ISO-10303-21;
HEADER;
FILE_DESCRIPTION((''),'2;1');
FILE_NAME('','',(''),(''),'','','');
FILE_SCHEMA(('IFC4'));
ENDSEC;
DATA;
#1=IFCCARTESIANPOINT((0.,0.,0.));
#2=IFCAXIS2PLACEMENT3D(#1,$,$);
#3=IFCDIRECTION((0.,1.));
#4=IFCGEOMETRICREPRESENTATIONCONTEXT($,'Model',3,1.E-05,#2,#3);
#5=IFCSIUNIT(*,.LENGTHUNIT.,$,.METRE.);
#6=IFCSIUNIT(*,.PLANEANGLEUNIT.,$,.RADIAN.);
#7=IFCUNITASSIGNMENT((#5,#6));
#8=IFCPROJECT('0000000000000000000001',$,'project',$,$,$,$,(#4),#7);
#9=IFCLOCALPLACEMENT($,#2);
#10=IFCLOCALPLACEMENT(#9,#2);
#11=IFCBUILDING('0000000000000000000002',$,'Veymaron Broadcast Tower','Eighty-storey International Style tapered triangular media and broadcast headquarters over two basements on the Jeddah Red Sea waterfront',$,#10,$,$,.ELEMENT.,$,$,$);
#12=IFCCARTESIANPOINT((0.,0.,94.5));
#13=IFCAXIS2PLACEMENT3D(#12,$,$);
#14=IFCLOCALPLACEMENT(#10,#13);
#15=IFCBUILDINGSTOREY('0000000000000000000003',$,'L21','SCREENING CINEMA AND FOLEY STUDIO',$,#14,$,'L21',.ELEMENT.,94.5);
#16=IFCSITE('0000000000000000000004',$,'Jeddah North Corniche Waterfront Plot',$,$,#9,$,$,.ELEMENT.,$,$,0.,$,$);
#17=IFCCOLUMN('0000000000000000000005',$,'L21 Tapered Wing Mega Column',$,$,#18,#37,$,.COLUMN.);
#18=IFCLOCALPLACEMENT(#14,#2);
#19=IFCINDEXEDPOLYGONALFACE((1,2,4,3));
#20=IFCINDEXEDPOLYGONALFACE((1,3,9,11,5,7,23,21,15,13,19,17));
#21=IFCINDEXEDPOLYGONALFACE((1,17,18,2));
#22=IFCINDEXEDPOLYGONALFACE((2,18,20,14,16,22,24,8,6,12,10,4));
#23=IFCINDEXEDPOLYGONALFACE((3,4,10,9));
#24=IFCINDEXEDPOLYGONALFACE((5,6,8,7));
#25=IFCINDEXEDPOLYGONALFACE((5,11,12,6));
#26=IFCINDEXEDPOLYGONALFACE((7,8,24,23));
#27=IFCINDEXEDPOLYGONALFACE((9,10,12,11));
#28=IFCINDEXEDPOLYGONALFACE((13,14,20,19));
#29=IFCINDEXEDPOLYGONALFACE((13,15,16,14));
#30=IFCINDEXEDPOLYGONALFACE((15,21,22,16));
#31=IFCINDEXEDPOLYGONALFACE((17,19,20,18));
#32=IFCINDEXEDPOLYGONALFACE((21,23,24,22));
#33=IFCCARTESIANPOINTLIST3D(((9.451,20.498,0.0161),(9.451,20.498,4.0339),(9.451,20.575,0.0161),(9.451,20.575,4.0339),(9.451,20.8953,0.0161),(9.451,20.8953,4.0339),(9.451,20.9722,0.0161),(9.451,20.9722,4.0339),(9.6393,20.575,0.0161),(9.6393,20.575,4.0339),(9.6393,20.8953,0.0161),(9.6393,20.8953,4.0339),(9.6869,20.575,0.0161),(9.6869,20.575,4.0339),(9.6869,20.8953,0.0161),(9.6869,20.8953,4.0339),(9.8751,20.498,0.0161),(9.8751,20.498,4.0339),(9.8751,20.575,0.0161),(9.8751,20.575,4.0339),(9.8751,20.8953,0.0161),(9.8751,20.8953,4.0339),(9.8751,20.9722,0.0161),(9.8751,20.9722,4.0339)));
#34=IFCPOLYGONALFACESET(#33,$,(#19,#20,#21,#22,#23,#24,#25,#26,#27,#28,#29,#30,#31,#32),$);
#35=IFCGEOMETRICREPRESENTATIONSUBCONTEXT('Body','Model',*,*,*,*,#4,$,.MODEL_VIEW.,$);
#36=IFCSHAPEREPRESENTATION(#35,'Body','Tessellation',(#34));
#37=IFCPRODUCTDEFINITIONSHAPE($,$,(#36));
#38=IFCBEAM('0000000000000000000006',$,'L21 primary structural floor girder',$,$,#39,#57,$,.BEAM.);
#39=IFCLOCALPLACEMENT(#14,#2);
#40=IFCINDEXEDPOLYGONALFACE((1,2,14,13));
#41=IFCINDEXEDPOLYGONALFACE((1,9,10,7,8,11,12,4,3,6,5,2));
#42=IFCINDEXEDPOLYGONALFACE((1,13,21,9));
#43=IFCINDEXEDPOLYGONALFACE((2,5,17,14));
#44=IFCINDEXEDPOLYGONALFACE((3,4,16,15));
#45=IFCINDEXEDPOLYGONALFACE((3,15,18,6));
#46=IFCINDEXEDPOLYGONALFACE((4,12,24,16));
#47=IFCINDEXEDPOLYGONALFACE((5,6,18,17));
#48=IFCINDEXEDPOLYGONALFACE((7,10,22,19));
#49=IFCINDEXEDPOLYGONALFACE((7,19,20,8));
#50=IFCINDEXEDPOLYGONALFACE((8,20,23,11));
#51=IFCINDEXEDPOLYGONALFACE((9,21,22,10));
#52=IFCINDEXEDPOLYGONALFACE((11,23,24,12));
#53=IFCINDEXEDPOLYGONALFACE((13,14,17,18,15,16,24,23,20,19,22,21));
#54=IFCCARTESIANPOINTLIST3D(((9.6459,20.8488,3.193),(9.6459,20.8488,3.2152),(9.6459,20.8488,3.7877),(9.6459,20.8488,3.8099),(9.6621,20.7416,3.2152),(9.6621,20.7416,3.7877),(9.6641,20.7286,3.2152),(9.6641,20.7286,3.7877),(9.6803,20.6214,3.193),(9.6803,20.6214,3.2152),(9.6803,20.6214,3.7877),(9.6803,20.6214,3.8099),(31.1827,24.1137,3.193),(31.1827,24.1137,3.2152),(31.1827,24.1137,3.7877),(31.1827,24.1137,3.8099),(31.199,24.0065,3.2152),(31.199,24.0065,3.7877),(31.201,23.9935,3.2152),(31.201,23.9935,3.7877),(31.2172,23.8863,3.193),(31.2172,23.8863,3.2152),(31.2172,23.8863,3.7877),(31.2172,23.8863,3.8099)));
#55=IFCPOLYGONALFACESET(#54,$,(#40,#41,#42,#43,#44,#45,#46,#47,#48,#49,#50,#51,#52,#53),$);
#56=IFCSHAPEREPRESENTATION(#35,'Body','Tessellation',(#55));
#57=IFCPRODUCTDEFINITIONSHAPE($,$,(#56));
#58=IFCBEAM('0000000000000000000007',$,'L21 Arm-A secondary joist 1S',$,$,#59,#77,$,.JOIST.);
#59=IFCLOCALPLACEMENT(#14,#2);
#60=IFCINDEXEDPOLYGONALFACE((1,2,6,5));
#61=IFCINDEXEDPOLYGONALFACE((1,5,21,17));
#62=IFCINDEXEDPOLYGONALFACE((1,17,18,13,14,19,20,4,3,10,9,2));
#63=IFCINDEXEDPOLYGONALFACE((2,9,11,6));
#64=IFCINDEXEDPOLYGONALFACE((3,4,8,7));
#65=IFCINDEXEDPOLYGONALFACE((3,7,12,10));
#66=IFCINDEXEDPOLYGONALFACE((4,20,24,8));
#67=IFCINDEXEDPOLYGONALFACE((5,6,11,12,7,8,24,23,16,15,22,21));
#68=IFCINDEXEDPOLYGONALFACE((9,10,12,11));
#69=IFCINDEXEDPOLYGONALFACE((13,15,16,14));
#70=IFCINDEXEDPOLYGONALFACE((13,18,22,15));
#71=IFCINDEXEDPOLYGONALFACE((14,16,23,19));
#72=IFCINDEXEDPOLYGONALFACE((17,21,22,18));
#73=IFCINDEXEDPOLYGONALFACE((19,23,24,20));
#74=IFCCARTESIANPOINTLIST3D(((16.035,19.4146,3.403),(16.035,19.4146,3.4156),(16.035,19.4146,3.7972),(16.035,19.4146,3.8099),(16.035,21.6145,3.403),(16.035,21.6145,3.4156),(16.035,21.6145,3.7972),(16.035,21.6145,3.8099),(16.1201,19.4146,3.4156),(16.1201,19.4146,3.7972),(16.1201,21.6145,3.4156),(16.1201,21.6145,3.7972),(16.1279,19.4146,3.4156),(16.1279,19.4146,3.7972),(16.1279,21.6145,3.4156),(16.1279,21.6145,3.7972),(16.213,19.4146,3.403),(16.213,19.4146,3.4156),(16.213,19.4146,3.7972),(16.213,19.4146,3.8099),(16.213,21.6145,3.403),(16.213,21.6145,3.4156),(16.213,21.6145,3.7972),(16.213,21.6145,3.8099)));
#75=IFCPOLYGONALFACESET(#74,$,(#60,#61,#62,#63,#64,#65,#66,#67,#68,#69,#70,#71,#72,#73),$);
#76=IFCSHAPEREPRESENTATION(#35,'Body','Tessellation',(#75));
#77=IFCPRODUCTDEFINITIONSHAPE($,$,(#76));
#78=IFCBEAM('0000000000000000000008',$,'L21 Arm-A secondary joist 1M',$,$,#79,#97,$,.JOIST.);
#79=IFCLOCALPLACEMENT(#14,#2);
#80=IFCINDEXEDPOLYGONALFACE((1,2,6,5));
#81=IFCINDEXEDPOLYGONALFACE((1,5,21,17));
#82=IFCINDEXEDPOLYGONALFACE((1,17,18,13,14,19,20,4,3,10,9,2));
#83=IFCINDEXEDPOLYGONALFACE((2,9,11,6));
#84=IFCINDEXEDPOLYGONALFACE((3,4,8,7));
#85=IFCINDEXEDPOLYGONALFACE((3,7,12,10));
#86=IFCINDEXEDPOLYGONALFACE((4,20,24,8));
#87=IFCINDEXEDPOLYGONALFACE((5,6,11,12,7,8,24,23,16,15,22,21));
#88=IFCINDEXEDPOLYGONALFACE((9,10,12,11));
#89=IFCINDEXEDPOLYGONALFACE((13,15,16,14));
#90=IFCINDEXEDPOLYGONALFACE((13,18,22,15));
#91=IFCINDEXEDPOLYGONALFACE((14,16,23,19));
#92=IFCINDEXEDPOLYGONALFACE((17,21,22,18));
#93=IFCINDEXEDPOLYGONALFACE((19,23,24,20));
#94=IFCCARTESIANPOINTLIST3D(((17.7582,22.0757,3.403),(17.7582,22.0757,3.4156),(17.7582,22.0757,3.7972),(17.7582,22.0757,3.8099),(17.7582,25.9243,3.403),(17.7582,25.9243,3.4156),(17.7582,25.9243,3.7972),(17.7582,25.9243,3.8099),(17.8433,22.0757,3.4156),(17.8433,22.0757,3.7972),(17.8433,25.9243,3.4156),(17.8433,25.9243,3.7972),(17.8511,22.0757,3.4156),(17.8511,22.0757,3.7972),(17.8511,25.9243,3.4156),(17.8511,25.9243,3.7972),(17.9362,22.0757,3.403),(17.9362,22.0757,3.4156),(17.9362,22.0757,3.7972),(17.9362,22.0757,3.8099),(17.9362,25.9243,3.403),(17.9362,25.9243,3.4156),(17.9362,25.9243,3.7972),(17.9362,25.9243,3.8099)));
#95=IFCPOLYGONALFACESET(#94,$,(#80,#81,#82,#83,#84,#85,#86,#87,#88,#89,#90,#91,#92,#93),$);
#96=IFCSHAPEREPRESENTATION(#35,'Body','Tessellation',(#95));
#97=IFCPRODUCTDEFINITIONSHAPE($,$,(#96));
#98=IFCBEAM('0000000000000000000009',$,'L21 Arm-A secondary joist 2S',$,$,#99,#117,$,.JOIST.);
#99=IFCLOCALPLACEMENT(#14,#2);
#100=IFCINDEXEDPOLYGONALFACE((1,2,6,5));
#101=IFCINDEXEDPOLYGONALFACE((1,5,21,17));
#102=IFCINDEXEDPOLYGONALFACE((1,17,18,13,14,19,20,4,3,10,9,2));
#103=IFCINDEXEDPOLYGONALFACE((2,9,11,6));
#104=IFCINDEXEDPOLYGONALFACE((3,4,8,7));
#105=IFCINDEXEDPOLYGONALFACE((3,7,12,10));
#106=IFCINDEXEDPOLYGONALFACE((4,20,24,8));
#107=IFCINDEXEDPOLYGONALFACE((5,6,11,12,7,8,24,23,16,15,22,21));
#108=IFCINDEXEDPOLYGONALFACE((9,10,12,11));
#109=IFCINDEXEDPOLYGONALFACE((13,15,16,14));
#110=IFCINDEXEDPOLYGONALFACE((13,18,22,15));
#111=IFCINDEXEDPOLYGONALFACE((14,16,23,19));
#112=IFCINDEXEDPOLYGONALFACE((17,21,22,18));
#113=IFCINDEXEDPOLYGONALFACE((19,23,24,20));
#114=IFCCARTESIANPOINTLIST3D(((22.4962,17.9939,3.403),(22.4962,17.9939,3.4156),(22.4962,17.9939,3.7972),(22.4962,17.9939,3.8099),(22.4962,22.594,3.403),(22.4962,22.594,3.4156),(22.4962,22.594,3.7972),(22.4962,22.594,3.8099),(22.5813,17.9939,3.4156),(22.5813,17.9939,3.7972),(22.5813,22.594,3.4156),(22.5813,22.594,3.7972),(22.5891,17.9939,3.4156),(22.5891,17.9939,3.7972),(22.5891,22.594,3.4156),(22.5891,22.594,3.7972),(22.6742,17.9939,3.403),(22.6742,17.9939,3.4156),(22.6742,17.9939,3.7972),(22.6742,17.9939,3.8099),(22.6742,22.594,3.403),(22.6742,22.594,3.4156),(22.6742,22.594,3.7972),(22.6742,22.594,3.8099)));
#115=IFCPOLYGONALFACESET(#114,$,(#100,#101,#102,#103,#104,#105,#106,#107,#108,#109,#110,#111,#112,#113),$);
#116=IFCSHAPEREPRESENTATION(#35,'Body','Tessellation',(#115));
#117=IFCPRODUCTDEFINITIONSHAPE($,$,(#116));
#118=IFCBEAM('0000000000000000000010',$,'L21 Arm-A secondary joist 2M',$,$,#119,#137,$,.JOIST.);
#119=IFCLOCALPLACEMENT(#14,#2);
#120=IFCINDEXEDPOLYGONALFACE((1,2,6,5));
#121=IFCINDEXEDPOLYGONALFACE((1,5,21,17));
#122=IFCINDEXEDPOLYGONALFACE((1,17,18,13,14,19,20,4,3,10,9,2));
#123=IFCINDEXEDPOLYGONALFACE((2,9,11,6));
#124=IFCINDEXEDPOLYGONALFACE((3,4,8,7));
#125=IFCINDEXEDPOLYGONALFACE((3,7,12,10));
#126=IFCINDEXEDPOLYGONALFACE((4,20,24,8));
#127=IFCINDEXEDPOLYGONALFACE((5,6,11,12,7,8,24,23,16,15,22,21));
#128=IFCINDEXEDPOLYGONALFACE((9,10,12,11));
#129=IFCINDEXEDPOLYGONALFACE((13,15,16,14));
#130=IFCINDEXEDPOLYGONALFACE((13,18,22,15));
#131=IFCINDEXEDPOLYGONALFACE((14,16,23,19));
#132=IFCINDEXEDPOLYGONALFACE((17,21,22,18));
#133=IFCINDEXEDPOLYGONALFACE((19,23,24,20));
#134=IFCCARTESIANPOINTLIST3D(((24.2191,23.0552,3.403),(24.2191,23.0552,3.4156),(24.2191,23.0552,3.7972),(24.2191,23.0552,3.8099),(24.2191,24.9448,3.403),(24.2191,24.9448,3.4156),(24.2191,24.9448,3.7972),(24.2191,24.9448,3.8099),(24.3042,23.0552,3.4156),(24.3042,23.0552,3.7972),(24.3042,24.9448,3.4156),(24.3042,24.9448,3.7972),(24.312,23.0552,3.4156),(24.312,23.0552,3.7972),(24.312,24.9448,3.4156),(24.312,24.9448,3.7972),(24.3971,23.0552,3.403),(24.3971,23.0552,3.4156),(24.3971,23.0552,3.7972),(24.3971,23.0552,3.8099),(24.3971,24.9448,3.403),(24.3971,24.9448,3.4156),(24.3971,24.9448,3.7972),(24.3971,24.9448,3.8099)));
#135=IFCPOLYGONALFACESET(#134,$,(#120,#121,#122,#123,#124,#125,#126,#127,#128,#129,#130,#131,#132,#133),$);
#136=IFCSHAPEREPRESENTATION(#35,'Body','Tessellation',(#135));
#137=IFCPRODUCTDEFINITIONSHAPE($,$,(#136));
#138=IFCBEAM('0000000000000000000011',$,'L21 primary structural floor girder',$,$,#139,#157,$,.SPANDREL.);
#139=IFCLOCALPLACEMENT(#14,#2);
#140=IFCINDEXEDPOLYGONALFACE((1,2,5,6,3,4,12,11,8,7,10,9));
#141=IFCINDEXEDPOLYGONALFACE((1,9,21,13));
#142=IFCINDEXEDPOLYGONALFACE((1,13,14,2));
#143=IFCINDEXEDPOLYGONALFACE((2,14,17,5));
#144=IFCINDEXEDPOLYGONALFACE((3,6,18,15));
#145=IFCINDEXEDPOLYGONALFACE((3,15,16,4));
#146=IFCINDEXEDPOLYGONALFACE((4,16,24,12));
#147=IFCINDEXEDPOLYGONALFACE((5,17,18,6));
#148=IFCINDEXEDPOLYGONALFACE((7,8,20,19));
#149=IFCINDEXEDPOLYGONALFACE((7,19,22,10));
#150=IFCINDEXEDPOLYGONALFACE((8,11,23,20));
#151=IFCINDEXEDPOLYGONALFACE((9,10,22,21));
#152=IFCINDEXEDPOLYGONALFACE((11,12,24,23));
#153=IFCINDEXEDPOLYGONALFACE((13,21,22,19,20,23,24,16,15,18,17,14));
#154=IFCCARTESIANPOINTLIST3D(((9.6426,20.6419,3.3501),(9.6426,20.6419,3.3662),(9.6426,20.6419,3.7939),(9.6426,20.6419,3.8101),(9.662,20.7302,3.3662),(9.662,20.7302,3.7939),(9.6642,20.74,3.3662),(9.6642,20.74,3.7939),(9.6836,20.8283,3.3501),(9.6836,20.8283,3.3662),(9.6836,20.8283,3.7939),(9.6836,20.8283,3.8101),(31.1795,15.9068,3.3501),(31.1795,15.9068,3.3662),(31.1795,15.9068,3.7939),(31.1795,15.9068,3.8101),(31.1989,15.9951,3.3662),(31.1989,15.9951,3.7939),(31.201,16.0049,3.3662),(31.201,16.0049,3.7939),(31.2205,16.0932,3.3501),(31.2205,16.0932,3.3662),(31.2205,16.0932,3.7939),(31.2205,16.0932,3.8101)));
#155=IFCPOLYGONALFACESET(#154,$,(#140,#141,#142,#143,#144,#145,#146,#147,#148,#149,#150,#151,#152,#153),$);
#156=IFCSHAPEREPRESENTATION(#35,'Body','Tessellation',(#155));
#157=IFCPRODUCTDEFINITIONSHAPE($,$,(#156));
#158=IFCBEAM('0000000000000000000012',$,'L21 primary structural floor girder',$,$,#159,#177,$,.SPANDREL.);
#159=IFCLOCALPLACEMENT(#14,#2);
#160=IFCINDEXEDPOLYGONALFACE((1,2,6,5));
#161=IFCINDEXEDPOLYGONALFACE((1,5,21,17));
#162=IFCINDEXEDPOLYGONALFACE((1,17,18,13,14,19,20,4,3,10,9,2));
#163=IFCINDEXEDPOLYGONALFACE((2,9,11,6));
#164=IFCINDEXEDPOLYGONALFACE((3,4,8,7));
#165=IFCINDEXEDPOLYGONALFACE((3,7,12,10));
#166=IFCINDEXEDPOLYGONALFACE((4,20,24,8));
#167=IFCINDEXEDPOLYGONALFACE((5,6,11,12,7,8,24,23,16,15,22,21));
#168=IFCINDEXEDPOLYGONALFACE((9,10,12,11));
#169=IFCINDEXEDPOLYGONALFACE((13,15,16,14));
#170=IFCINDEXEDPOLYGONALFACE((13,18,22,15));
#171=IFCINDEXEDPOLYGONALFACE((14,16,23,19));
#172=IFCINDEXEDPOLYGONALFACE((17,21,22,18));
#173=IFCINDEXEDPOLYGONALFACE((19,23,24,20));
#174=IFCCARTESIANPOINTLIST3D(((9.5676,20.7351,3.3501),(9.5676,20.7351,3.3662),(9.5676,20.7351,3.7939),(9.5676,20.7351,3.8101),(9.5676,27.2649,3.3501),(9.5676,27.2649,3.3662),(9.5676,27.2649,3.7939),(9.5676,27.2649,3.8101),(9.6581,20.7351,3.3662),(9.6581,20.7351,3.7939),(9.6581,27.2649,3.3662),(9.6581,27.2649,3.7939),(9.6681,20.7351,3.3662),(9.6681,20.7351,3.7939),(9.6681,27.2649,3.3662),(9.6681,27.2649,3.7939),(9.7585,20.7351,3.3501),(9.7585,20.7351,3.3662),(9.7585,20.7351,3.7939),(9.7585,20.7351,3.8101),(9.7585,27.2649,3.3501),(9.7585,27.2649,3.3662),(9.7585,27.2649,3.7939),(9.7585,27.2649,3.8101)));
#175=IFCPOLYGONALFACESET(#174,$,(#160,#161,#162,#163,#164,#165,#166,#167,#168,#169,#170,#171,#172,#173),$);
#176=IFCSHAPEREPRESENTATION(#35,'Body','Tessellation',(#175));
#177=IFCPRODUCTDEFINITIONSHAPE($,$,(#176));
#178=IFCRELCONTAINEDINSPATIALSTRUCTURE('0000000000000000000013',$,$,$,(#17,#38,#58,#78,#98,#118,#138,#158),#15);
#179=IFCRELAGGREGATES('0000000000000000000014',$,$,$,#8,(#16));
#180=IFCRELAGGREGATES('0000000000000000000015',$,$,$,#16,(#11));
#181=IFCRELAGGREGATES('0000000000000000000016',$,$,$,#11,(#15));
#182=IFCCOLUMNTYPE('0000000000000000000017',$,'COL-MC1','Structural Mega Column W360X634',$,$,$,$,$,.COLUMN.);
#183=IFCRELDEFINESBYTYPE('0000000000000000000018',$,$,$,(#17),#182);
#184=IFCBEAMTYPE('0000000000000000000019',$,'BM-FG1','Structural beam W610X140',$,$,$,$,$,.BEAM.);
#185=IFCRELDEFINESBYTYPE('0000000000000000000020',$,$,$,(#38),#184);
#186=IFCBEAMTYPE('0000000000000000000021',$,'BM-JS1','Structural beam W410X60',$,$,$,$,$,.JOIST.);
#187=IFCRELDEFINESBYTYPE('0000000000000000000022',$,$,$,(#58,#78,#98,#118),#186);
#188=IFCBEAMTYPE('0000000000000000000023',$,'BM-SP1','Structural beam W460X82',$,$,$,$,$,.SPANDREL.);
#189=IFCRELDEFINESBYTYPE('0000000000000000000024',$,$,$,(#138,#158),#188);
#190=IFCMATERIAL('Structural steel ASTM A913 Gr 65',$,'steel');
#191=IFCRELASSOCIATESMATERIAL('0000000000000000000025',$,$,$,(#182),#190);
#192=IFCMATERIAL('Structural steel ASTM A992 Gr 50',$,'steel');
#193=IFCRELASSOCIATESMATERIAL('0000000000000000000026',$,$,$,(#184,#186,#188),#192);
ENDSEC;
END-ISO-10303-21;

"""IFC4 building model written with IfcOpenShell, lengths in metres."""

from ifc_helpers import new_model, si_unit, direction, frame, origin, origin_2d, place, context, subcontext, project, spatial, i_section, extrude, material, material_profile, profile_set, type_object, element, save


model = new_model("IFC4")

# Units and contexts
model_context = context("Model", 3, precision=1e-05, world=origin(), true_north=direction((0.0, 1.0)))
body_context = subcontext(model_context, "Body", "Model", "MODEL_VIEW")
ifc_project = project(units=[si_unit("LENGTHUNIT", "METRE"), si_unit("PLANEANGLEUNIT", "RADIAN")], contexts=[model_context])

# Site, building, storey
site_placement = place(None, origin())
site = spatial("IfcSite", under=ifc_project, at=site_placement, Name="Jeddah North Corniche Waterfront Plot", CompositionType="ELEMENT", RefElevation=0.0)
building_placement = place(site_placement, origin())
building = spatial("IfcBuilding", under=site, at=building_placement, Name="Veymaron Broadcast Tower", Description="Eighty-storey International Style tapered triangular media and broadcast headquarters over two basements on the Jeddah Red Sea waterfront", CompositionType="ELEMENT")
storey_placement = place(building_placement, frame((0.0, 0.0, 94.5)))
storey = spatial("IfcBuildingStorey", under=building, at=storey_placement, Name="L21", Description="SCREENING CINEMA AND FOLEY STUDIO", LongName="L21", CompositionType="ELEMENT", Elevation=94.5)

# Column
ifc_material_1 = material(Name="Structural steel ASTM A913 Gr 65", Category="steel")
ifc_material_profile_1 = material_profile(ifc_material_1, i_section(OverallWidth=0.4241, OverallDepth=0.4741, WebThickness=0.0476, FlangeThickness=0.0769, at=origin_2d()), Name="W360X634")
ifc_profile_set_1 = profile_set([ifc_material_profile_1], Name="Structural steel ASTM A913 Gr 65")
column_type = type_object("IfcColumnType", Name="COL-MC1", Description="Structural Mega Column W360X634", PredefinedType="COLUMN", material=ifc_profile_set_1)
column_placement = place(storey_placement, frame((9.6631, 20.7351, 0.0161), z_axis=(0.0, 0.0, 1.0), x_axis=(1.0, 0.0, 0.0)))
element("IfcColumn", 1, at=column_placement, inside=storey, type_object=column_type, Name="L21 Tapered Wing Mega Column", PredefinedType="COLUMN", context=body_context, shape_type="SweptSolid", body=[
    extrude(i_section(OverallWidth=0.4241, OverallDepth=0.4741, WebThickness=0.0476, FlangeThickness=0.0769, at=origin_2d()), origin(), (0.0, 0.0, 1.0), 4.0178),
])

# Beams
ifc_material_2 = material(Name="Structural steel ASTM A992 Gr 50", Category="steel")
ifc_material_profile_2 = material_profile(ifc_material_2, i_section(OverallWidth=0.23, OverallDepth=0.6169, WebThickness=0.0132, FlangeThickness=0.0222, at=origin_2d()), Name="W610X140")
ifc_profile_set_2 = profile_set([ifc_material_profile_2], Name="Structural steel ASTM A992 Gr 50")
beam_type_1 = type_object("IfcBeamType", Name="BM-FG1", Description="Structural beam W610X140", PredefinedType="BEAM", material=ifc_profile_set_2)
beam_1_placement = place(storey_placement, frame((9.6631, 20.7351, 3.5015), z_axis=(0.988704, 0.149883, 0.0), x_axis=(-0.149883, 0.988704, 0.0)))
element("IfcBeam", 2, at=beam_1_placement, inside=storey, type_object=beam_type_1, Name="L21 primary structural floor girder", PredefinedType="BEAM", context=body_context, shape_type="SweptSolid", body=[
    extrude(i_section(OverallWidth=0.23, OverallDepth=0.6169, WebThickness=0.0132, FlangeThickness=0.0222, at=origin_2d()), origin(), (0.0, 0.0, 1.0), 21.783),
])
ifc_material_profile_3 = material_profile(ifc_material_2, i_section(OverallWidth=0.178, OverallDepth=0.407, WebThickness=0.0078, FlangeThickness=0.0127, at=origin_2d()), Name="W410X60")
ifc_profile_set_3 = profile_set([ifc_material_profile_3], Name="Structural steel ASTM A992 Gr 50")
beam_type_2 = type_object("IfcBeamType", Name="BM-JS1", Description="Structural beam W410X60", PredefinedType="JOIST", material=ifc_profile_set_3)
beam_2_placement = place(storey_placement, frame((16.124, 19.4146, 3.6064), z_axis=(0.0, 1.0, 0.0), x_axis=(-1.0, 0.0, 0.0)))
element("IfcBeam", 3, at=beam_2_placement, inside=storey, type_object=beam_type_2, Name="L21 Arm-A secondary joist 1S", PredefinedType="JOIST", context=body_context, shape_type="SweptSolid", body=[
    extrude(i_section(OverallWidth=0.178, OverallDepth=0.407, WebThickness=0.0078, FlangeThickness=0.0127, at=origin_2d()), origin(), (0.0, 0.0, 1.0), 2.2),
])
beam_3_placement = place(storey_placement, frame((17.8472, 22.0757, 3.6064), z_axis=(0.0, 1.0, 0.0), x_axis=(-1.0, 0.0, 0.0)))
element("IfcBeam", 4, at=beam_3_placement, inside=storey, type_object=beam_type_2, Name="L21 Arm-A secondary joist 1M", PredefinedType="JOIST", context=body_context, shape_type="SweptSolid", body=[
    extrude(i_section(OverallWidth=0.178, OverallDepth=0.407, WebThickness=0.0078, FlangeThickness=0.0127, at=origin_2d()), origin(), (0.0, 0.0, 1.0), 3.8486),
])
beam_4_placement = place(storey_placement, frame((22.5852, 17.9939, 3.6064), z_axis=(0.0, 1.0, 0.0), x_axis=(-1.0, 0.0, 0.0)))
element("IfcBeam", 5, at=beam_4_placement, inside=storey, type_object=beam_type_2, Name="L21 Arm-A secondary joist 2S", PredefinedType="JOIST", context=body_context, shape_type="SweptSolid", body=[
    extrude(i_section(OverallWidth=0.178, OverallDepth=0.407, WebThickness=0.0078, FlangeThickness=0.0127, at=origin_2d()), origin(), (0.0, 0.0, 1.0), 4.6001),
])
beam_5_placement = place(storey_placement, frame((24.3081, 23.0552, 3.6064), z_axis=(0.0, 1.0, 0.0), x_axis=(-1.0, 0.0, 0.0)))
element("IfcBeam", 6, at=beam_5_placement, inside=storey, type_object=beam_type_2, Name="L21 Arm-A secondary joist 2M", PredefinedType="JOIST", context=body_context, shape_type="SweptSolid", body=[
    extrude(i_section(OverallWidth=0.178, OverallDepth=0.407, WebThickness=0.0078, FlangeThickness=0.0127, at=origin_2d()), origin(), (0.0, 0.0, 1.0), 1.8896),
])
ifc_material_profile_4 = material_profile(ifc_material_2, i_section(OverallWidth=0.1909, OverallDepth=0.46, WebThickness=0.01, FlangeThickness=0.0161, at=origin_2d()), Name="W460X82")
ifc_profile_set_4 = profile_set([ifc_material_profile_4], Name="Structural steel ASTM A992 Gr 50")
beam_type_3 = type_object("IfcBeamType", Name="BM-SP1", Description="Structural beam W460X82", PredefinedType="SPANDREL", material=ifc_profile_set_4)
beam_6_placement = place(storey_placement, frame((9.6631, 20.7351, 3.5801), z_axis=(0.976673, -0.214732, 0.0), x_axis=(0.214732, 0.976673, 0.0)))
element("IfcBeam", 7, at=beam_6_placement, inside=storey, type_object=beam_type_3, Name="L21 primary structural floor girder", PredefinedType="SPANDREL", context=body_context, shape_type="SweptSolid", body=[
    extrude(i_section(OverallWidth=0.1909, OverallDepth=0.46, WebThickness=0.01, FlangeThickness=0.0161, at=origin_2d()), origin(), (0.0, 0.0, 1.0), 22.0513),
])
beam_7_placement = place(storey_placement, frame((9.6631, 20.7351, 3.5801), z_axis=(0.0, 1.0, 0.0), x_axis=(-1.0, 0.0, 0.0)))
element("IfcBeam", 8, at=beam_7_placement, inside=storey, type_object=beam_type_3, Name="L21 primary structural floor girder", PredefinedType="SPANDREL", context=body_context, shape_type="SweptSolid", body=[
    extrude(i_section(OverallWidth=0.1909, OverallDepth=0.46, WebThickness=0.01, FlangeThickness=0.0161, at=origin_2d()), origin(), (0.0, 0.0, 1.0), 6.5298),
])

save(model, "model.ifc")
